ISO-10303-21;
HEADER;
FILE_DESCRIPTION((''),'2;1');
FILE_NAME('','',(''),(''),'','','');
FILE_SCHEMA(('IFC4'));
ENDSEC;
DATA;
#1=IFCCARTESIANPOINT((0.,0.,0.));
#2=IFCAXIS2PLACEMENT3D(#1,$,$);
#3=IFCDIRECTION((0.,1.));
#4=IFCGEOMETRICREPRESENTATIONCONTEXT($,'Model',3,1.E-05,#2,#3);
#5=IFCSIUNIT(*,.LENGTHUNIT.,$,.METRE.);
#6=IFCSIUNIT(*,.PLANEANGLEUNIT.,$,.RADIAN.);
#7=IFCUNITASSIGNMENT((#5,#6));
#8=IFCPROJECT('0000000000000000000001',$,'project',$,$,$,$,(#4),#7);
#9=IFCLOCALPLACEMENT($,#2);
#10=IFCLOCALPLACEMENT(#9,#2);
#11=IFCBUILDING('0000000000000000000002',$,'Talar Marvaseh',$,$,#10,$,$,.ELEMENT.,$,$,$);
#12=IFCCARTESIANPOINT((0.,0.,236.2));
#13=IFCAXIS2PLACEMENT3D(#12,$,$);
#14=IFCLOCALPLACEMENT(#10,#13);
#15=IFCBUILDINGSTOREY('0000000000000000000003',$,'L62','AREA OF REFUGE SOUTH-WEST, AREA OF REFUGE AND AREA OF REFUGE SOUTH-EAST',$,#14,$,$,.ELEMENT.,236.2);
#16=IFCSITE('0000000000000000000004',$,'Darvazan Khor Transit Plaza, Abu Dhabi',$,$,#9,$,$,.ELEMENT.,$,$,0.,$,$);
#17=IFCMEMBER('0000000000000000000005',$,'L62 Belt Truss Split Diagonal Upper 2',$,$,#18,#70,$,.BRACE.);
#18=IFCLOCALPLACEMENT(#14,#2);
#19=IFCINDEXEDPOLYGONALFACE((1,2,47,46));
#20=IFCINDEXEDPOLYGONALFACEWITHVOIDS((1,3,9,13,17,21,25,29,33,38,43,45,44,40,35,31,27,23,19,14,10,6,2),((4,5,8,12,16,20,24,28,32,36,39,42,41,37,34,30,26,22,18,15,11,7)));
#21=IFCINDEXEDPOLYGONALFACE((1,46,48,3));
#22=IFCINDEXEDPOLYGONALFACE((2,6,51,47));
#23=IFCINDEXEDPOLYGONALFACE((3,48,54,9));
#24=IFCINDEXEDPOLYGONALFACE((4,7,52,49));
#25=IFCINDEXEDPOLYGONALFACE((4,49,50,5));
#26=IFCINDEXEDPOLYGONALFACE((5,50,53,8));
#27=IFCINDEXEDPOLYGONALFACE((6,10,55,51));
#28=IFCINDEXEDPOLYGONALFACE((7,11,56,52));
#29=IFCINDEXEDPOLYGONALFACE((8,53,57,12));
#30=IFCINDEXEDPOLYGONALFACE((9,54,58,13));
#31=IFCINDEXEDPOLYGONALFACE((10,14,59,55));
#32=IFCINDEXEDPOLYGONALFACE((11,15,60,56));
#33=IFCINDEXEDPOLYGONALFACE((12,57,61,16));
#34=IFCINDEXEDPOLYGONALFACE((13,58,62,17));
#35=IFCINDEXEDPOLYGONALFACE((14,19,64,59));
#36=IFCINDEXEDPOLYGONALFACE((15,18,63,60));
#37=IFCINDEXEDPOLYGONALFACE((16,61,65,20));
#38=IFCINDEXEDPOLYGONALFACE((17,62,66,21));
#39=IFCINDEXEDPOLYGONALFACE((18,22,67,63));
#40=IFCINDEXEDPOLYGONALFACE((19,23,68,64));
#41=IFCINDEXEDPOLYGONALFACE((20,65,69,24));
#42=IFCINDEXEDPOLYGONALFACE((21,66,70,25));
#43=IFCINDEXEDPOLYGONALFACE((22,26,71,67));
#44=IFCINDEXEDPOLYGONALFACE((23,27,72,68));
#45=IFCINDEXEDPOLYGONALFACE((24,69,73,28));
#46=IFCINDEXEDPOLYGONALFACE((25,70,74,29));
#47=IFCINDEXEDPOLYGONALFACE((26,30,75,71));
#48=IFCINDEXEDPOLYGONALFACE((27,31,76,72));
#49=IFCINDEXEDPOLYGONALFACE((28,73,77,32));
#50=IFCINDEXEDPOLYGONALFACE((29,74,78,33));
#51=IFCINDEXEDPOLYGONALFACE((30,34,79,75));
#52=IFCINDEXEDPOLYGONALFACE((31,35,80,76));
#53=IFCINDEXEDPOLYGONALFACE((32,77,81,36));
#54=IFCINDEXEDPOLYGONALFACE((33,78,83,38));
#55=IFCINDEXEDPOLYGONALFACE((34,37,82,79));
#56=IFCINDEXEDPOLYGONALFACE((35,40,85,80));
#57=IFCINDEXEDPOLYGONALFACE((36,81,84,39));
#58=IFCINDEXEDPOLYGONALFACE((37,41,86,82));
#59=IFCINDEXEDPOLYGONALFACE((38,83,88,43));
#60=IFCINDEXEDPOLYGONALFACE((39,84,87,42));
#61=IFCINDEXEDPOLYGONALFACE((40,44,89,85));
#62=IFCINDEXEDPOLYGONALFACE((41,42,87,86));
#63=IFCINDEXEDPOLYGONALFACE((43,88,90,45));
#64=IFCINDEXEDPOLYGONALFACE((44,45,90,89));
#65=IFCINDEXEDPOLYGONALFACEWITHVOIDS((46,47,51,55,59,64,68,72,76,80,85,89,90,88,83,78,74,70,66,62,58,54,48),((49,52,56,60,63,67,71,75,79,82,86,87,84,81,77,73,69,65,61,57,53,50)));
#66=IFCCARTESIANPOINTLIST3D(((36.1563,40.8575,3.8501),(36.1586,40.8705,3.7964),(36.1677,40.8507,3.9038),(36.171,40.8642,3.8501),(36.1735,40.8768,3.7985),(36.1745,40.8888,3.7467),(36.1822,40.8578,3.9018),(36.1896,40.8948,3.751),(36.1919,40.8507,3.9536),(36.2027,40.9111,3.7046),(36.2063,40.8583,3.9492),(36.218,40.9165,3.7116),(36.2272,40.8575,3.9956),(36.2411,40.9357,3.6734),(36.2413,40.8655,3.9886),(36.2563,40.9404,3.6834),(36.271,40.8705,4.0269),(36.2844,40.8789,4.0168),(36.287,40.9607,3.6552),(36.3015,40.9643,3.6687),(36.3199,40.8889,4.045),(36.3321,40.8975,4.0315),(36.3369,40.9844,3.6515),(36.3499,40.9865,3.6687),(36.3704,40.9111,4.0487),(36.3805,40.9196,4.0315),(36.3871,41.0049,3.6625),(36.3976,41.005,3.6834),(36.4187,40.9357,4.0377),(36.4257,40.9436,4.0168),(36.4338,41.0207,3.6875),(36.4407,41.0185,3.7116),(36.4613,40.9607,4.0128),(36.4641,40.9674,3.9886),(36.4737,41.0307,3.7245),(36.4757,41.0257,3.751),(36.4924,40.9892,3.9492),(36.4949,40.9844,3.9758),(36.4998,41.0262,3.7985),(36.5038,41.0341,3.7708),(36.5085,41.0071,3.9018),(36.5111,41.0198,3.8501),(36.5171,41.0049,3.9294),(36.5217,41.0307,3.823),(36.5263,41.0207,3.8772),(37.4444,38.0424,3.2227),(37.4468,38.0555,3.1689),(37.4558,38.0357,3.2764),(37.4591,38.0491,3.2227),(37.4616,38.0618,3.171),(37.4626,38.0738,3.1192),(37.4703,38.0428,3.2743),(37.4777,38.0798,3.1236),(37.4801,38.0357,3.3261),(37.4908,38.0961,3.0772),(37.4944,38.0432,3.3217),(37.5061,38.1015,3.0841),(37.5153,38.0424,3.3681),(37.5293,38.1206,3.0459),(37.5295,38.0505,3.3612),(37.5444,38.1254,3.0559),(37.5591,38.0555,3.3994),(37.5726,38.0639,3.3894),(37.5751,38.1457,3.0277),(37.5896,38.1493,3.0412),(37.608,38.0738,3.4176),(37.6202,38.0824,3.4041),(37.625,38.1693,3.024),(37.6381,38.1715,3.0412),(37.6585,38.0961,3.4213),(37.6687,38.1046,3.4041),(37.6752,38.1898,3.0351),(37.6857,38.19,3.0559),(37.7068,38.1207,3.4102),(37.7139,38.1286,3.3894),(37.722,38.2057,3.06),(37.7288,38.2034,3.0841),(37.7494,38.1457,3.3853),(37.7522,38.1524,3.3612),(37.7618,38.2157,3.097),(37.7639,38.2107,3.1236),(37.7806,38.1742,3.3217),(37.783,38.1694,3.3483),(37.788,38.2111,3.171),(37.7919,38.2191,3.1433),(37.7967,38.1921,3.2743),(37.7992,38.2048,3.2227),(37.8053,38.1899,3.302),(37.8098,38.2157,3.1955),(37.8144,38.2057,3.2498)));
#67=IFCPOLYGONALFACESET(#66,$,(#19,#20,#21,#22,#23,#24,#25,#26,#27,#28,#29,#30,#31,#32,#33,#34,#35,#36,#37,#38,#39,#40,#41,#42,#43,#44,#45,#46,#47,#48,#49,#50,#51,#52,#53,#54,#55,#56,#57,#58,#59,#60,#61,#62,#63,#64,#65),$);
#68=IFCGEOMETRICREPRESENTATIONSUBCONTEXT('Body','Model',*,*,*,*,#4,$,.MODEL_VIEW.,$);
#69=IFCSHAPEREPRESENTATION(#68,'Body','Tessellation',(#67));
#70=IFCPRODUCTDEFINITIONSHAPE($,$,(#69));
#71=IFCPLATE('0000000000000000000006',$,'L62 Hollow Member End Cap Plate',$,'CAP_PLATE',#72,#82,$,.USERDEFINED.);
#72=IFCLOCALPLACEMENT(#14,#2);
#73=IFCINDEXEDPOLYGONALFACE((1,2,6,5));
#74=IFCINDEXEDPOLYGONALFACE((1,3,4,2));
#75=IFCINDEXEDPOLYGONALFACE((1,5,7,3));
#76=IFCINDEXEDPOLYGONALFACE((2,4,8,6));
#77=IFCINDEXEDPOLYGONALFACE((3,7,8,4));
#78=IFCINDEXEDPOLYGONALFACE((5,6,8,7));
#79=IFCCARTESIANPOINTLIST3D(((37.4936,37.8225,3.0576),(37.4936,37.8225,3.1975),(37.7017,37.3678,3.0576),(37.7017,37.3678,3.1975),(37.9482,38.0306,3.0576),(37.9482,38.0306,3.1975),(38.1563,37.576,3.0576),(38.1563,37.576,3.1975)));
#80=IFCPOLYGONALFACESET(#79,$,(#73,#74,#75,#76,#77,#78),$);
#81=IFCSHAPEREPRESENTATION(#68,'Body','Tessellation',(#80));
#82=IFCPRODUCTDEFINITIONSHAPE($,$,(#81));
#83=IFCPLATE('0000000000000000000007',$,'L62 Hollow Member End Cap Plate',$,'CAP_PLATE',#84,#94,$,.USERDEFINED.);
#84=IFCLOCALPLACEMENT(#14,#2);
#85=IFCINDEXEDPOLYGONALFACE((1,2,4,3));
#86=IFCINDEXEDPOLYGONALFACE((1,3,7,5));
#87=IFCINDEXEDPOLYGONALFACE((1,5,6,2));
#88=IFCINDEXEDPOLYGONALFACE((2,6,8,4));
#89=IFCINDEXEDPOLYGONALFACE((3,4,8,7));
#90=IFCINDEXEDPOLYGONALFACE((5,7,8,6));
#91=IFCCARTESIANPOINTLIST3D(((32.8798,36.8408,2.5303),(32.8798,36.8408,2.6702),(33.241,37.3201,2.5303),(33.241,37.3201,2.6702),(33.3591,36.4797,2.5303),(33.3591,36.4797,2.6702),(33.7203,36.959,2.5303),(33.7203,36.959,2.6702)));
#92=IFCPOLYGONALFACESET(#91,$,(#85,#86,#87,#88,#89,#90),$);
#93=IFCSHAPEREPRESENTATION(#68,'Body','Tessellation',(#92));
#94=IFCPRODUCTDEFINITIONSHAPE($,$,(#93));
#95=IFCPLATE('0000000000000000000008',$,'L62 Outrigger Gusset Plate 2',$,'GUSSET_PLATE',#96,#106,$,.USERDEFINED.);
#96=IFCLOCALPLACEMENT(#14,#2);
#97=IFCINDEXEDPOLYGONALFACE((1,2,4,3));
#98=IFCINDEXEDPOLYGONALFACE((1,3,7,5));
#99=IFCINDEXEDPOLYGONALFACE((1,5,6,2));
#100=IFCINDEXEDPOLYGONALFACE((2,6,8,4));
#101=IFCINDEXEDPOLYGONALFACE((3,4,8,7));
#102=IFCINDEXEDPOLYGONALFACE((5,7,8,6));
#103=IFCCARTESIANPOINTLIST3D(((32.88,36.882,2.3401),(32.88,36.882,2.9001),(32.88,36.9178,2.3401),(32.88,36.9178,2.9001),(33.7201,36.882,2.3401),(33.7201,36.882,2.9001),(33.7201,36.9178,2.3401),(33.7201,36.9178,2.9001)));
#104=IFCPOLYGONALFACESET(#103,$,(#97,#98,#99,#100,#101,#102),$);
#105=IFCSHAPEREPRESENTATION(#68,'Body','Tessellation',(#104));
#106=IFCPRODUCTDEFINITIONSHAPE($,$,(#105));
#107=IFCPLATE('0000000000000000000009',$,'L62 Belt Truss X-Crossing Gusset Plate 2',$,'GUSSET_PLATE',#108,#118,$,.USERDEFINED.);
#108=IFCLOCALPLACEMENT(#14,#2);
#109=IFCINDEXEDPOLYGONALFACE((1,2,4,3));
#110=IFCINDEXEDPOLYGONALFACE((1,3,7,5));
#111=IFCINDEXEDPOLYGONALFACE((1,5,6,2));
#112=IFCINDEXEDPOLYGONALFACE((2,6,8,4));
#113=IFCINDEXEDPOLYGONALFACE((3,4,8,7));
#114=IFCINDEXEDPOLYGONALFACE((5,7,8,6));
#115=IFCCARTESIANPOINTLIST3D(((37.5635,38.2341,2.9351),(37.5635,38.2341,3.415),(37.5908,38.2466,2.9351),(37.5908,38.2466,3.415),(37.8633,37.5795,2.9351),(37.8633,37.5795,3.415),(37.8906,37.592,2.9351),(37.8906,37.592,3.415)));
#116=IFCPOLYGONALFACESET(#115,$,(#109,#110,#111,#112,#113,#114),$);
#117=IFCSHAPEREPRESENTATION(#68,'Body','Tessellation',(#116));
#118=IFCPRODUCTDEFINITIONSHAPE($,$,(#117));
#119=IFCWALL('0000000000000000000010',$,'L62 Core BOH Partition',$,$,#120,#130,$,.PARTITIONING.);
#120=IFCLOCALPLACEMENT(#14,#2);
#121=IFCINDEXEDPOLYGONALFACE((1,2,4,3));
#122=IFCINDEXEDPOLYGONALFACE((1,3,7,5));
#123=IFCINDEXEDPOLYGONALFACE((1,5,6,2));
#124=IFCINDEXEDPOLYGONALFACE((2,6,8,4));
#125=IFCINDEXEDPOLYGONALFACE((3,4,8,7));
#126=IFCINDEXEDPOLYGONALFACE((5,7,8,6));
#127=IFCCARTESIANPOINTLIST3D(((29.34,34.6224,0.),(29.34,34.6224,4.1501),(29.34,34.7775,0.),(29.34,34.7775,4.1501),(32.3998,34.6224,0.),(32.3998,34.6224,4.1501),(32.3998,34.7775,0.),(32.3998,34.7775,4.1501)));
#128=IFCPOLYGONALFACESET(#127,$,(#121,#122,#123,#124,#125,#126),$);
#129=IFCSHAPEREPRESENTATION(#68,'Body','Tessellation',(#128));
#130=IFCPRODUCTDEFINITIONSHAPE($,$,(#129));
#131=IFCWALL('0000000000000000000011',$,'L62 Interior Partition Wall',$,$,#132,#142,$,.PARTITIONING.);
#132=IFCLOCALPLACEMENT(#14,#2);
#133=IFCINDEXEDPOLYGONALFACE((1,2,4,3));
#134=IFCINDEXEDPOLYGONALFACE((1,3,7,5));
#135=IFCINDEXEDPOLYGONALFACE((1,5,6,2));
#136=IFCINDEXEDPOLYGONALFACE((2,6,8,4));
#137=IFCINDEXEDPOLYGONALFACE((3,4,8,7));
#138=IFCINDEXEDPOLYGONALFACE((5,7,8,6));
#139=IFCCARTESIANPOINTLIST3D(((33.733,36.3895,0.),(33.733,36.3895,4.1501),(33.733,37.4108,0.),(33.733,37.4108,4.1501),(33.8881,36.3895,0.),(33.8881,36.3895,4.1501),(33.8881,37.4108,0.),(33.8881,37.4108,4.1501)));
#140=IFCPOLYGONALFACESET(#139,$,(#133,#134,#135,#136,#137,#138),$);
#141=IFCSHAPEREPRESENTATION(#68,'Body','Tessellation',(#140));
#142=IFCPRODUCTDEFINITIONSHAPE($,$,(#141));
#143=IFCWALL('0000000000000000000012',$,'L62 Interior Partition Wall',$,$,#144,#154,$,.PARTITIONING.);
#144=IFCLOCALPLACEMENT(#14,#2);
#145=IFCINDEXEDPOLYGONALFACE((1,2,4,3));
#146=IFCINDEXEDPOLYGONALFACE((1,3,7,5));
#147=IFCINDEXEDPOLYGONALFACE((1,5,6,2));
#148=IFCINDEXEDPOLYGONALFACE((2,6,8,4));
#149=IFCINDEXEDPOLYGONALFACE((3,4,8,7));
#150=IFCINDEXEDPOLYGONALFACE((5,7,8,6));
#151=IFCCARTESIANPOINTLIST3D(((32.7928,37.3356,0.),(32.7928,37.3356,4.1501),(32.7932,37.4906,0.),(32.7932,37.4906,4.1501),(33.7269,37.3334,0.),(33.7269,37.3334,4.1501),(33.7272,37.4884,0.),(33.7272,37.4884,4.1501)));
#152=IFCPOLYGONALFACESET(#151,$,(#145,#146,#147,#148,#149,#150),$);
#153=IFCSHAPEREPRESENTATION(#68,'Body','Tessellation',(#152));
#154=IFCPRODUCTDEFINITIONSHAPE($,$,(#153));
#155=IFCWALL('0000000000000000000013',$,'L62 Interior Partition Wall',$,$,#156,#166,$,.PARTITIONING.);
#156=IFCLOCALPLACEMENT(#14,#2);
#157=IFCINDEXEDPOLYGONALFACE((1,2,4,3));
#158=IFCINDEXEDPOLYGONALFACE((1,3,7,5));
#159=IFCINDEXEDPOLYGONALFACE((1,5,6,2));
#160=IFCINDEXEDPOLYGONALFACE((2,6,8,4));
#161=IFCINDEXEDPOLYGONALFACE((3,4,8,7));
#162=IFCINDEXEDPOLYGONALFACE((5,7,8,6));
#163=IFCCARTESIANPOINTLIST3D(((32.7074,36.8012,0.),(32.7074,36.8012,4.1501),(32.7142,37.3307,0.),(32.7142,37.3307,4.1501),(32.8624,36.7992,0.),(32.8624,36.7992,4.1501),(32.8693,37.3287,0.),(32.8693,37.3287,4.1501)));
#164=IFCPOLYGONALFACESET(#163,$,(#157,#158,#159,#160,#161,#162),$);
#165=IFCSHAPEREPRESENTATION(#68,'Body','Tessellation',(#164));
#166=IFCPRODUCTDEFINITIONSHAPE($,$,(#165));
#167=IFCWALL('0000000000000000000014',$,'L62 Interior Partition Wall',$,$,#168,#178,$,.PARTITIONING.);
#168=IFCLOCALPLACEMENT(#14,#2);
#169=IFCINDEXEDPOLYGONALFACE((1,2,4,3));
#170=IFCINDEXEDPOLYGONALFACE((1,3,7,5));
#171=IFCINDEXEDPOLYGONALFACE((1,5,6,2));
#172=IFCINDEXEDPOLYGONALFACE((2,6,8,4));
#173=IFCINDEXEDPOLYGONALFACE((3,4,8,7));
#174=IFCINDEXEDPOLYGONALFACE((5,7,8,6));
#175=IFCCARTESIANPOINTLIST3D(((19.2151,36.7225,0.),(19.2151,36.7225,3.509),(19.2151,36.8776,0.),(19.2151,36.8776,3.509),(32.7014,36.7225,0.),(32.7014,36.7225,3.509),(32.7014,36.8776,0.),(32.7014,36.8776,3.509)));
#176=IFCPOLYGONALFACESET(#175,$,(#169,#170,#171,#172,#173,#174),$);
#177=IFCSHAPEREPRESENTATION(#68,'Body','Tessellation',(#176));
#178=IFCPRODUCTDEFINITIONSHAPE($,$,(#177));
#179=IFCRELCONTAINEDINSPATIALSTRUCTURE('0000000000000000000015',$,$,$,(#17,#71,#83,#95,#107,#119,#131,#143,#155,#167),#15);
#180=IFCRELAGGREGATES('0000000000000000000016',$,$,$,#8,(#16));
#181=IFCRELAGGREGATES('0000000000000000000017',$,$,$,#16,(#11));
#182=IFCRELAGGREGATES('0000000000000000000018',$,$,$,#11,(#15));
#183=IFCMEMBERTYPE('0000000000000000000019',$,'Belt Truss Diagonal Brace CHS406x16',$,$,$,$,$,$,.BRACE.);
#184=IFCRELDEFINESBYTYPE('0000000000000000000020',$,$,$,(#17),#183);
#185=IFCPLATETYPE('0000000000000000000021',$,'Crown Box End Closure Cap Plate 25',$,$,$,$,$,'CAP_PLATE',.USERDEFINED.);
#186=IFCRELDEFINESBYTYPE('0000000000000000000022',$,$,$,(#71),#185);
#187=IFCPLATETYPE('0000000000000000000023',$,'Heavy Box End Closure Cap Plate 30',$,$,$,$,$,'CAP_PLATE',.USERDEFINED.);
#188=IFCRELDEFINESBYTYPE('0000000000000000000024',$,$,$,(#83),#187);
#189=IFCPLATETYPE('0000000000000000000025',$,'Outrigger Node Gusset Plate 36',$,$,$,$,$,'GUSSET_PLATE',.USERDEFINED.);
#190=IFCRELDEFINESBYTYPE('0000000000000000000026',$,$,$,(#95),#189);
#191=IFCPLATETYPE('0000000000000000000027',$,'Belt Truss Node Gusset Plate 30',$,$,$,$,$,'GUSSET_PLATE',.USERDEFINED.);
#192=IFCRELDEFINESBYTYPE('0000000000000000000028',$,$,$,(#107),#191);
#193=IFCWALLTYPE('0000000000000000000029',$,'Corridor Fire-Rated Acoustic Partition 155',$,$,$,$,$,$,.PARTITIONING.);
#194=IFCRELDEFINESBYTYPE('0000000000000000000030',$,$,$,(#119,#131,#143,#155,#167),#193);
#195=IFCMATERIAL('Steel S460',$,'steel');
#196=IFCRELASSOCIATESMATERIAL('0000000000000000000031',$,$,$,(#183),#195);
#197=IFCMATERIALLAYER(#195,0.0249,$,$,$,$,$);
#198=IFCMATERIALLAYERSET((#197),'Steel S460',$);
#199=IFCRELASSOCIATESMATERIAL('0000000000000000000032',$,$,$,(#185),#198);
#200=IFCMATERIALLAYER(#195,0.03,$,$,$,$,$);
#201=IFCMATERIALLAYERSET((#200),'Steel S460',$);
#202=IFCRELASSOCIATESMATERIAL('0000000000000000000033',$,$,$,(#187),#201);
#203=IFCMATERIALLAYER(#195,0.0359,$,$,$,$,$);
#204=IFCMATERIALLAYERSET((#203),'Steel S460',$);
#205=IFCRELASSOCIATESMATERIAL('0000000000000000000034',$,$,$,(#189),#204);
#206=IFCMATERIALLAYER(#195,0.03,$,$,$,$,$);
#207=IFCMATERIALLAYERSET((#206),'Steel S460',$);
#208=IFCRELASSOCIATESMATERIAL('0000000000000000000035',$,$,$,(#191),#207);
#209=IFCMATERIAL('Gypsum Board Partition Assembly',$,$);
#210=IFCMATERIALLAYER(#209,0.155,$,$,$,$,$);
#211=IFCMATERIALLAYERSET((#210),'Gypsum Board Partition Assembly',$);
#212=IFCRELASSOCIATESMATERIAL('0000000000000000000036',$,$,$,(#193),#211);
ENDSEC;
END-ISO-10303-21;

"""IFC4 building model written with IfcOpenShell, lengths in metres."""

from ifc_helpers import new_model, si_unit, direction, frame, frame_2d, origin, origin_2d, place, context, subcontext, project, spatial, rectangle, hollow_circle, extrude, source, transform, mapped, material, layer, layer_set, material_profile, profile_set, type_object, type_shapes, element, save


model = new_model("IFC4")

# Units and contexts
model_context = context("Model", 3, precision=1e-05, world=origin(), true_north=direction((0.0, 1.0)))
body_context = subcontext(model_context, "Body", "Model", "MODEL_VIEW")
ifc_project = project(units=[si_unit("LENGTHUNIT", "METRE"), si_unit("PLANEANGLEUNIT", "RADIAN")], contexts=[model_context])

# Site, building, storey
site_placement = place(None, origin())
site = spatial("IfcSite", under=ifc_project, at=site_placement, Name="Darvazan Khor Transit Plaza, Abu Dhabi", CompositionType="ELEMENT", RefElevation=0.0)
building_placement = place(site_placement, origin())
building = spatial("IfcBuilding", under=site, at=building_placement, Name="Talar Marvaseh", CompositionType="ELEMENT")
storey_placement = place(building_placement, frame((0.0, 0.0, 236.2)))
storey = spatial("IfcBuildingStorey", under=building, at=storey_placement, Name="L62", Description="AREA OF REFUGE SOUTH-WEST, AREA OF REFUGE AND AREA OF REFUGE SOUTH-EAST", CompositionType="ELEMENT", Elevation=236.2)

# Shared definitions
ifc_material_1 = material(Name="Steel S460", Category="steel")

# Member
ifc_material_profile_1 = material_profile(ifc_material_1, hollow_circle(Radius=0.2031, WallThickness=0.0161, at=origin_2d()), Name="CHS406x16")
ifc_profile_set_1 = profile_set([ifc_material_profile_1], Name="Steel S460")
member_type_1 = type_object("IfcMemberType", Name="Belt Truss Diagonal Brace CHS406x16", PredefinedType="BRACE", material=ifc_profile_set_1)
shared_shape_1 = source(origin(), body_context, "Body", "SweptSolid", [
    extrude(hollow_circle(Radius=0.2031, WallThickness=0.0161, at=origin_2d()), origin(), (0.0, 0.0, 1.0), 3.1587),
])
type_shapes(member_type_1, [shared_shape_1])
member_1_placement = place(storey_placement, frame((37.6292, 38.127, 3.2227), z_axis=(-0.407803, 0.8912, 0.198646), x_axis=(-0.909321, -0.416095, 0.0)))
element("IfcMember", 1, at=member_1_placement, inside=storey, type_object=member_type_1, Name="L62 Belt Truss Split Diagonal Upper 2", PredefinedType="BRACE", context=body_context, shape_type="MappedRepresentation", body=[
    mapped(shared_shape_1, transform((0.0, 0.0, 0.0), x_axis=(1.0, 0.0, 0.0), y_axis=(0.0, 1.0, 0.0), z_axis=(0.0, 0.0, 1.0), scale=1.0)),
])

# Plates
ifc_layer_1 = layer(ifc_material_1, 0.0249)
ifc_layer_set_1 = layer_set([ifc_layer_1], Name="Steel S460")
plate_type_1 = type_object("IfcPlateType", Name="Crown Box End Closure Cap Plate 25", ElementType="CAP_PLATE", PredefinedType="USERDEFINED", material=ifc_layer_set_1)
shared_shape_2 = source(origin(), body_context, "Body", "SweptSolid", [
    extrude(rectangle(XDim=0.5, YDim=0.5, at=origin_2d()), origin(), (0.0, 0.0, 1.0), 0.1399),
])
type_shapes(plate_type_1, [shared_shape_2])
plate_1_placement = place(storey_placement, frame((37.825, 37.6992, 3.0576), z_axis=(0.0, 0.0, 1.0), x_axis=(-0.416281, 0.909236, 0.0)))
element("IfcPlate", 2, at=plate_1_placement, inside=storey, type_object=plate_type_1, Name="L62 Hollow Member End Cap Plate", ObjectType="CAP_PLATE", PredefinedType="USERDEFINED", context=body_context, shape_type="MappedRepresentation", body=[
    mapped(shared_shape_2, transform((0.0, 0.0, 0.0), x_axis=(1.0, 0.0, 0.0), y_axis=(0.0, 1.0, 0.0), z_axis=(0.0, 0.0, 1.0), scale=1.0)),
])
ifc_layer_2 = layer(ifc_material_1, 0.03)
ifc_layer_set_2 = layer_set([ifc_layer_2], Name="Steel S460")
plate_type_2 = type_object("IfcPlateType", Name="Heavy Box End Closure Cap Plate 30", ElementType="CAP_PLATE", PredefinedType="USERDEFINED", material=ifc_layer_set_2)
shared_shape_3 = source(origin(), body_context, "Body", "SweptSolid", [
    extrude(rectangle(XDim=0.6001, YDim=0.6001, at=origin_2d()), origin(), (0.0, 0.0, 1.0), 0.1399),
])
type_shapes(plate_type_2, [shared_shape_3])
plate_2_placement = place(storey_placement, frame((33.3, 36.8999, 2.5303), z_axis=(0.0, 0.0, 1.0), x_axis=(0.601815, 0.798636, 0.0)))
element("IfcPlate", 3, at=plate_2_placement, inside=storey, type_object=plate_type_2, Name="L62 Hollow Member End Cap Plate", ObjectType="CAP_PLATE", PredefinedType="USERDEFINED", context=body_context, shape_type="MappedRepresentation", body=[
    mapped(shared_shape_3, transform((0.0, 0.0, 0.0), x_axis=(1.0, 0.0, 0.0), y_axis=(0.0, 1.0, 0.0), z_axis=(0.0, 0.0, 1.0), scale=1.0)),
])
ifc_layer_3 = layer(ifc_material_1, 0.0359)
ifc_layer_set_3 = layer_set([ifc_layer_3], Name="Steel S460")
plate_type_3 = type_object("IfcPlateType", Name="Outrigger Node Gusset Plate 36", ElementType="GUSSET_PLATE", PredefinedType="USERDEFINED", material=ifc_layer_set_3)
shared_shape_4 = source(origin(), body_context, "Body", "SweptSolid", [
    extrude(rectangle(XDim=0.8401, YDim=0.0359, at=origin_2d()), origin(), (0.0, 0.0, 1.0), 0.5601),
])
type_shapes(plate_type_3, [shared_shape_4])
plate_3_placement = place(storey_placement, frame((33.3, 36.8999, 2.3401), z_axis=(0.0, 0.0, 1.0), x_axis=(1.0, 0.0, 0.0)))
element("IfcPlate", 4, at=plate_3_placement, inside=storey, type_object=plate_type_3, Name="L62 Outrigger Gusset Plate 2", ObjectType="GUSSET_PLATE", PredefinedType="USERDEFINED", context=body_context, shape_type="MappedRepresentation", body=[
    mapped(shared_shape_4, transform((0.0, 0.0, 0.0), x_axis=(1.0, 0.0, 0.0), y_axis=(0.0, 1.0, 0.0), z_axis=(0.0, 0.0, 1.0), scale=1.0)),
])
ifc_layer_4 = layer(ifc_material_1, 0.03)
ifc_layer_set_4 = layer_set([ifc_layer_4], Name="Steel S460")
plate_type_4 = type_object("IfcPlateType", Name="Belt Truss Node Gusset Plate 30", ElementType="GUSSET_PLATE", PredefinedType="USERDEFINED", material=ifc_layer_set_4)
shared_shape_5 = source(origin(), body_context, "Body", "SweptSolid", [
    extrude(rectangle(XDim=0.72, YDim=0.03, at=origin_2d()), origin(), (0.0, 0.0, 1.0), 0.48),
])
type_shapes(plate_type_4, [shared_shape_5])
plate_4_placement = place(storey_placement, frame((37.7271, 37.9131, 2.9351), z_axis=(0.0, 0.0, 1.0), x_axis=(0.416281, -0.909236, 0.0)))
element("IfcPlate", 5, at=plate_4_placement, inside=storey, type_object=plate_type_4, Name="L62 Belt Truss X-Crossing Gusset Plate 2", ObjectType="GUSSET_PLATE", PredefinedType="USERDEFINED", context=body_context, shape_type="MappedRepresentation", body=[
    mapped(shared_shape_5, transform((0.0, 0.0, 0.0), x_axis=(1.0, 0.0, 0.0), y_axis=(0.0, 1.0, 0.0), z_axis=(0.0, 0.0, 1.0), scale=1.0)),
])

# Walls
ifc_material_2 = material(Name="Gypsum Board Partition Assembly")
ifc_layer_5 = layer(ifc_material_2, 0.155)
ifc_layer_set_5 = layer_set([ifc_layer_5], Name="Gypsum Board Partition Assembly")
wall_type_1 = type_object("IfcWallType", Name="Corridor Fire-Rated Acoustic Partition 155", PredefinedType="PARTITIONING", material=ifc_layer_set_5)
wall_1_placement = place(storey_placement, frame((29.3401, 34.7, 0.0), z_axis=(0.0, 0.0, 1.0), x_axis=(1.0, 0.0, 0.0)))
element("IfcWall", 6, at=wall_1_placement, inside=storey, type_object=wall_type_1, Name="L62 Core BOH Partition", PredefinedType="PARTITIONING", context=body_context, shape_type="SweptSolid", body=[
    extrude(rectangle(XDim=3.0598, YDim=0.155, at=frame_2d((1.5298, 0.0))), origin(), (0.0, 0.0, 1.0), 4.1501),
])
wall_2_placement = place(storey_placement, frame((33.8105, 36.3894, 0.0), z_axis=(0.0, 0.0, 1.0), x_axis=(0.0, 1.0, 0.0)))
element("IfcWall", 7, at=wall_2_placement, inside=storey, type_object=wall_type_1, Name="L62 Interior Partition Wall", PredefinedType="PARTITIONING", context=body_context, shape_type="SweptSolid", body=[
    extrude(rectangle(XDim=1.0212, YDim=0.155, at=frame_2d((0.5107, 0.0))), origin(), (0.0, 0.0, 1.0), 4.1501),
])
wall_3_placement = place(storey_placement, frame((33.7271, 37.4109, 0.0), z_axis=(0.0, 0.0, 1.0), x_axis=(-0.999997, 0.002352, 0.0)))
element("IfcWall", 8, at=wall_3_placement, inside=storey, type_object=wall_type_1, Name="L62 Interior Partition Wall", PredefinedType="PARTITIONING", context=body_context, shape_type="SweptSolid", body=[
    extrude(rectangle(XDim=0.9341, YDim=0.155, at=frame_2d((0.467, 0.0))), origin(), (0.0, 0.0, 1.0), 4.1501),
])
wall_4_placement = place(storey_placement, frame((32.7917, 37.3296, 0.0), z_axis=(0.0, 0.0, 1.0), x_axis=(-0.012908, -0.999917, 0.0)))
element("IfcWall", 9, at=wall_4_placement, inside=storey, type_object=wall_type_1, Name="L62 Interior Partition Wall", PredefinedType="PARTITIONING", context=body_context, shape_type="SweptSolid", body=[
    extrude(rectangle(XDim=0.5295, YDim=0.155, at=frame_2d((0.2646, 0.0))), origin(), (0.0, 0.0, 1.0), 4.1501),
])
wall_5_placement = place(storey_placement, frame((32.7014, 36.8, 0.0), z_axis=(0.0, 0.0, 1.0), x_axis=(-1.0, 0.0, 0.0)))
element("IfcWall", 10, at=wall_5_placement, inside=storey, type_object=wall_type_1, Name="L62 Interior Partition Wall", PredefinedType="PARTITIONING", context=body_context, shape_type="SweptSolid", body=[
    extrude(rectangle(XDim=13.4863, YDim=0.155, at=frame_2d((6.7432, 0.0))), origin(), (0.0, 0.0, 1.0), 3.509),
])

save(model, "model.ifc")
